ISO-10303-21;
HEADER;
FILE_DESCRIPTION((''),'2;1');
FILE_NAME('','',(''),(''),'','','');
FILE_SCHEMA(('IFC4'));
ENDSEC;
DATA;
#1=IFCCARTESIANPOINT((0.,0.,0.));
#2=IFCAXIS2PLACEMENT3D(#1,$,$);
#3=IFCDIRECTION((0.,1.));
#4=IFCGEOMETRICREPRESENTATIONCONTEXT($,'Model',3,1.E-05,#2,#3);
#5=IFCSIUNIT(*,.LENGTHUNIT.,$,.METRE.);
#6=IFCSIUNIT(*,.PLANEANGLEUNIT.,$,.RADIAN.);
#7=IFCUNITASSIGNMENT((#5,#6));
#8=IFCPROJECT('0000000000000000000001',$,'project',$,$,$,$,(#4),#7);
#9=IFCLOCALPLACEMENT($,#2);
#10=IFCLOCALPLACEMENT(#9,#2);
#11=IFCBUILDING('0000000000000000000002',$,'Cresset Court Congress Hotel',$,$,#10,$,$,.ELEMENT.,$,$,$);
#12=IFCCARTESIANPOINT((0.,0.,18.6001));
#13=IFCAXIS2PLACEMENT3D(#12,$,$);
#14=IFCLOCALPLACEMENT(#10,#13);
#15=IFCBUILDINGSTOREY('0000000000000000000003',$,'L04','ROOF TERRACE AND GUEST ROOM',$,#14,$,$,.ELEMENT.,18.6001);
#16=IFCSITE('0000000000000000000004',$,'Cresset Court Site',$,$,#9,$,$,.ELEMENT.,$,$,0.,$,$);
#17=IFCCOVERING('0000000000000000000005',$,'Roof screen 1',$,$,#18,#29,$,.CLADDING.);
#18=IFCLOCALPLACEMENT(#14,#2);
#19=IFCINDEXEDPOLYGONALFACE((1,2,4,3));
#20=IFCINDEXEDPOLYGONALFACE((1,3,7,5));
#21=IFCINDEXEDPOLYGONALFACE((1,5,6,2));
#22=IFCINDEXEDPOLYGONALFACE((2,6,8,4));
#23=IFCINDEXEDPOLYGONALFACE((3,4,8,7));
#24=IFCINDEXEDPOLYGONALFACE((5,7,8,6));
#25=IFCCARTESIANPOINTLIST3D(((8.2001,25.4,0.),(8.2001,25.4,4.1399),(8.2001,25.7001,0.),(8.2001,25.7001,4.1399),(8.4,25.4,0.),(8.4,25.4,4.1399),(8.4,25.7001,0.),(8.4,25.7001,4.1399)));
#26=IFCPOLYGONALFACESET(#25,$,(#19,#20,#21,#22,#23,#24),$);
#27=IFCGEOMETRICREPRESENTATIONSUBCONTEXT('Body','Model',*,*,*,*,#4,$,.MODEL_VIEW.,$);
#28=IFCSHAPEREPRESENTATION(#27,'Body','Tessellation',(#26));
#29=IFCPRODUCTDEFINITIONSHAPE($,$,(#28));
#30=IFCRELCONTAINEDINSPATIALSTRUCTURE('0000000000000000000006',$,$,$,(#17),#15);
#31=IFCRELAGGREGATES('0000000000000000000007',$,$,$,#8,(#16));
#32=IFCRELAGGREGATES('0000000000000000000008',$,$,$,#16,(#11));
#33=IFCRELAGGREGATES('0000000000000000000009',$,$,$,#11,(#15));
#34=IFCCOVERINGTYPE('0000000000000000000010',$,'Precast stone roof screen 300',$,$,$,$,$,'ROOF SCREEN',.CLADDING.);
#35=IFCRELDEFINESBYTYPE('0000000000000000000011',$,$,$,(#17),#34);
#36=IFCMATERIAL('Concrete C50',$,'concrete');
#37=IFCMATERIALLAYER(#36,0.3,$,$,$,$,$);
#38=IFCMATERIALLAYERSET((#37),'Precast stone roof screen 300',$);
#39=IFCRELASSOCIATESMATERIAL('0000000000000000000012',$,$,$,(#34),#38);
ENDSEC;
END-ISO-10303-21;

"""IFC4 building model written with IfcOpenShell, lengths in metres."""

from ifc_helpers import new_model, si_unit, direction, frame, origin, origin_2d, place, context, subcontext, project, spatial, rectangle, extrude, material, layer, layer_set, type_object, element, save


model = new_model("IFC4")

# Units and contexts
model_context = context("Model", 3, precision=1e-05, world=origin(), true_north=direction((0.0, 1.0)))
body_context = subcontext(model_context, "Body", "Model", "MODEL_VIEW")
ifc_project = project(units=[si_unit("LENGTHUNIT", "METRE"), si_unit("PLANEANGLEUNIT", "RADIAN")], contexts=[model_context])

# Site, building, storey
site_placement = place(None, origin())
site = spatial("IfcSite", under=ifc_project, at=site_placement, Name="Cresset Court Site", CompositionType="ELEMENT", RefElevation=0.0)
building_placement = place(site_placement, origin())
building = spatial("IfcBuilding", under=site, at=building_placement, Name="Cresset Court Congress Hotel", CompositionType="ELEMENT")
storey_placement = place(building_placement, frame((0.0, 0.0, 18.6001)))
storey = spatial("IfcBuildingStorey", under=building, at=storey_placement, Name="L04", Description="ROOF TERRACE AND GUEST ROOM", CompositionType="ELEMENT", Elevation=18.6001)

# Covering
ifc_material_1 = material(Name="Concrete C50", Category="concrete")
ifc_layer_1 = layer(ifc_material_1, 0.3)
ifc_layer_set_1 = layer_set([ifc_layer_1], Name="Precast stone roof screen 300")
covering_type_1 = type_object("IfcCoveringType", Name="Precast stone roof screen 300", ElementType="ROOF SCREEN", PredefinedType="CLADDING", material=ifc_layer_set_1)
covering_placement = place(storey_placement, frame((8.3, 25.55, 0.0), z_axis=(0.0, 0.0, 1.0), x_axis=(1.0, 0.0, 0.0)))
element("IfcCovering", 1, at=covering_placement, inside=storey, type_object=covering_type_1, Name="Roof screen 1", PredefinedType="CLADDING", context=body_context, shape_type="SweptSolid", body=[
    extrude(rectangle(XDim=0.2, YDim=0.3, at=origin_2d()), origin(), (0.0, 0.0, 1.0), 4.1399),
])

save(model, "model.ifc")
